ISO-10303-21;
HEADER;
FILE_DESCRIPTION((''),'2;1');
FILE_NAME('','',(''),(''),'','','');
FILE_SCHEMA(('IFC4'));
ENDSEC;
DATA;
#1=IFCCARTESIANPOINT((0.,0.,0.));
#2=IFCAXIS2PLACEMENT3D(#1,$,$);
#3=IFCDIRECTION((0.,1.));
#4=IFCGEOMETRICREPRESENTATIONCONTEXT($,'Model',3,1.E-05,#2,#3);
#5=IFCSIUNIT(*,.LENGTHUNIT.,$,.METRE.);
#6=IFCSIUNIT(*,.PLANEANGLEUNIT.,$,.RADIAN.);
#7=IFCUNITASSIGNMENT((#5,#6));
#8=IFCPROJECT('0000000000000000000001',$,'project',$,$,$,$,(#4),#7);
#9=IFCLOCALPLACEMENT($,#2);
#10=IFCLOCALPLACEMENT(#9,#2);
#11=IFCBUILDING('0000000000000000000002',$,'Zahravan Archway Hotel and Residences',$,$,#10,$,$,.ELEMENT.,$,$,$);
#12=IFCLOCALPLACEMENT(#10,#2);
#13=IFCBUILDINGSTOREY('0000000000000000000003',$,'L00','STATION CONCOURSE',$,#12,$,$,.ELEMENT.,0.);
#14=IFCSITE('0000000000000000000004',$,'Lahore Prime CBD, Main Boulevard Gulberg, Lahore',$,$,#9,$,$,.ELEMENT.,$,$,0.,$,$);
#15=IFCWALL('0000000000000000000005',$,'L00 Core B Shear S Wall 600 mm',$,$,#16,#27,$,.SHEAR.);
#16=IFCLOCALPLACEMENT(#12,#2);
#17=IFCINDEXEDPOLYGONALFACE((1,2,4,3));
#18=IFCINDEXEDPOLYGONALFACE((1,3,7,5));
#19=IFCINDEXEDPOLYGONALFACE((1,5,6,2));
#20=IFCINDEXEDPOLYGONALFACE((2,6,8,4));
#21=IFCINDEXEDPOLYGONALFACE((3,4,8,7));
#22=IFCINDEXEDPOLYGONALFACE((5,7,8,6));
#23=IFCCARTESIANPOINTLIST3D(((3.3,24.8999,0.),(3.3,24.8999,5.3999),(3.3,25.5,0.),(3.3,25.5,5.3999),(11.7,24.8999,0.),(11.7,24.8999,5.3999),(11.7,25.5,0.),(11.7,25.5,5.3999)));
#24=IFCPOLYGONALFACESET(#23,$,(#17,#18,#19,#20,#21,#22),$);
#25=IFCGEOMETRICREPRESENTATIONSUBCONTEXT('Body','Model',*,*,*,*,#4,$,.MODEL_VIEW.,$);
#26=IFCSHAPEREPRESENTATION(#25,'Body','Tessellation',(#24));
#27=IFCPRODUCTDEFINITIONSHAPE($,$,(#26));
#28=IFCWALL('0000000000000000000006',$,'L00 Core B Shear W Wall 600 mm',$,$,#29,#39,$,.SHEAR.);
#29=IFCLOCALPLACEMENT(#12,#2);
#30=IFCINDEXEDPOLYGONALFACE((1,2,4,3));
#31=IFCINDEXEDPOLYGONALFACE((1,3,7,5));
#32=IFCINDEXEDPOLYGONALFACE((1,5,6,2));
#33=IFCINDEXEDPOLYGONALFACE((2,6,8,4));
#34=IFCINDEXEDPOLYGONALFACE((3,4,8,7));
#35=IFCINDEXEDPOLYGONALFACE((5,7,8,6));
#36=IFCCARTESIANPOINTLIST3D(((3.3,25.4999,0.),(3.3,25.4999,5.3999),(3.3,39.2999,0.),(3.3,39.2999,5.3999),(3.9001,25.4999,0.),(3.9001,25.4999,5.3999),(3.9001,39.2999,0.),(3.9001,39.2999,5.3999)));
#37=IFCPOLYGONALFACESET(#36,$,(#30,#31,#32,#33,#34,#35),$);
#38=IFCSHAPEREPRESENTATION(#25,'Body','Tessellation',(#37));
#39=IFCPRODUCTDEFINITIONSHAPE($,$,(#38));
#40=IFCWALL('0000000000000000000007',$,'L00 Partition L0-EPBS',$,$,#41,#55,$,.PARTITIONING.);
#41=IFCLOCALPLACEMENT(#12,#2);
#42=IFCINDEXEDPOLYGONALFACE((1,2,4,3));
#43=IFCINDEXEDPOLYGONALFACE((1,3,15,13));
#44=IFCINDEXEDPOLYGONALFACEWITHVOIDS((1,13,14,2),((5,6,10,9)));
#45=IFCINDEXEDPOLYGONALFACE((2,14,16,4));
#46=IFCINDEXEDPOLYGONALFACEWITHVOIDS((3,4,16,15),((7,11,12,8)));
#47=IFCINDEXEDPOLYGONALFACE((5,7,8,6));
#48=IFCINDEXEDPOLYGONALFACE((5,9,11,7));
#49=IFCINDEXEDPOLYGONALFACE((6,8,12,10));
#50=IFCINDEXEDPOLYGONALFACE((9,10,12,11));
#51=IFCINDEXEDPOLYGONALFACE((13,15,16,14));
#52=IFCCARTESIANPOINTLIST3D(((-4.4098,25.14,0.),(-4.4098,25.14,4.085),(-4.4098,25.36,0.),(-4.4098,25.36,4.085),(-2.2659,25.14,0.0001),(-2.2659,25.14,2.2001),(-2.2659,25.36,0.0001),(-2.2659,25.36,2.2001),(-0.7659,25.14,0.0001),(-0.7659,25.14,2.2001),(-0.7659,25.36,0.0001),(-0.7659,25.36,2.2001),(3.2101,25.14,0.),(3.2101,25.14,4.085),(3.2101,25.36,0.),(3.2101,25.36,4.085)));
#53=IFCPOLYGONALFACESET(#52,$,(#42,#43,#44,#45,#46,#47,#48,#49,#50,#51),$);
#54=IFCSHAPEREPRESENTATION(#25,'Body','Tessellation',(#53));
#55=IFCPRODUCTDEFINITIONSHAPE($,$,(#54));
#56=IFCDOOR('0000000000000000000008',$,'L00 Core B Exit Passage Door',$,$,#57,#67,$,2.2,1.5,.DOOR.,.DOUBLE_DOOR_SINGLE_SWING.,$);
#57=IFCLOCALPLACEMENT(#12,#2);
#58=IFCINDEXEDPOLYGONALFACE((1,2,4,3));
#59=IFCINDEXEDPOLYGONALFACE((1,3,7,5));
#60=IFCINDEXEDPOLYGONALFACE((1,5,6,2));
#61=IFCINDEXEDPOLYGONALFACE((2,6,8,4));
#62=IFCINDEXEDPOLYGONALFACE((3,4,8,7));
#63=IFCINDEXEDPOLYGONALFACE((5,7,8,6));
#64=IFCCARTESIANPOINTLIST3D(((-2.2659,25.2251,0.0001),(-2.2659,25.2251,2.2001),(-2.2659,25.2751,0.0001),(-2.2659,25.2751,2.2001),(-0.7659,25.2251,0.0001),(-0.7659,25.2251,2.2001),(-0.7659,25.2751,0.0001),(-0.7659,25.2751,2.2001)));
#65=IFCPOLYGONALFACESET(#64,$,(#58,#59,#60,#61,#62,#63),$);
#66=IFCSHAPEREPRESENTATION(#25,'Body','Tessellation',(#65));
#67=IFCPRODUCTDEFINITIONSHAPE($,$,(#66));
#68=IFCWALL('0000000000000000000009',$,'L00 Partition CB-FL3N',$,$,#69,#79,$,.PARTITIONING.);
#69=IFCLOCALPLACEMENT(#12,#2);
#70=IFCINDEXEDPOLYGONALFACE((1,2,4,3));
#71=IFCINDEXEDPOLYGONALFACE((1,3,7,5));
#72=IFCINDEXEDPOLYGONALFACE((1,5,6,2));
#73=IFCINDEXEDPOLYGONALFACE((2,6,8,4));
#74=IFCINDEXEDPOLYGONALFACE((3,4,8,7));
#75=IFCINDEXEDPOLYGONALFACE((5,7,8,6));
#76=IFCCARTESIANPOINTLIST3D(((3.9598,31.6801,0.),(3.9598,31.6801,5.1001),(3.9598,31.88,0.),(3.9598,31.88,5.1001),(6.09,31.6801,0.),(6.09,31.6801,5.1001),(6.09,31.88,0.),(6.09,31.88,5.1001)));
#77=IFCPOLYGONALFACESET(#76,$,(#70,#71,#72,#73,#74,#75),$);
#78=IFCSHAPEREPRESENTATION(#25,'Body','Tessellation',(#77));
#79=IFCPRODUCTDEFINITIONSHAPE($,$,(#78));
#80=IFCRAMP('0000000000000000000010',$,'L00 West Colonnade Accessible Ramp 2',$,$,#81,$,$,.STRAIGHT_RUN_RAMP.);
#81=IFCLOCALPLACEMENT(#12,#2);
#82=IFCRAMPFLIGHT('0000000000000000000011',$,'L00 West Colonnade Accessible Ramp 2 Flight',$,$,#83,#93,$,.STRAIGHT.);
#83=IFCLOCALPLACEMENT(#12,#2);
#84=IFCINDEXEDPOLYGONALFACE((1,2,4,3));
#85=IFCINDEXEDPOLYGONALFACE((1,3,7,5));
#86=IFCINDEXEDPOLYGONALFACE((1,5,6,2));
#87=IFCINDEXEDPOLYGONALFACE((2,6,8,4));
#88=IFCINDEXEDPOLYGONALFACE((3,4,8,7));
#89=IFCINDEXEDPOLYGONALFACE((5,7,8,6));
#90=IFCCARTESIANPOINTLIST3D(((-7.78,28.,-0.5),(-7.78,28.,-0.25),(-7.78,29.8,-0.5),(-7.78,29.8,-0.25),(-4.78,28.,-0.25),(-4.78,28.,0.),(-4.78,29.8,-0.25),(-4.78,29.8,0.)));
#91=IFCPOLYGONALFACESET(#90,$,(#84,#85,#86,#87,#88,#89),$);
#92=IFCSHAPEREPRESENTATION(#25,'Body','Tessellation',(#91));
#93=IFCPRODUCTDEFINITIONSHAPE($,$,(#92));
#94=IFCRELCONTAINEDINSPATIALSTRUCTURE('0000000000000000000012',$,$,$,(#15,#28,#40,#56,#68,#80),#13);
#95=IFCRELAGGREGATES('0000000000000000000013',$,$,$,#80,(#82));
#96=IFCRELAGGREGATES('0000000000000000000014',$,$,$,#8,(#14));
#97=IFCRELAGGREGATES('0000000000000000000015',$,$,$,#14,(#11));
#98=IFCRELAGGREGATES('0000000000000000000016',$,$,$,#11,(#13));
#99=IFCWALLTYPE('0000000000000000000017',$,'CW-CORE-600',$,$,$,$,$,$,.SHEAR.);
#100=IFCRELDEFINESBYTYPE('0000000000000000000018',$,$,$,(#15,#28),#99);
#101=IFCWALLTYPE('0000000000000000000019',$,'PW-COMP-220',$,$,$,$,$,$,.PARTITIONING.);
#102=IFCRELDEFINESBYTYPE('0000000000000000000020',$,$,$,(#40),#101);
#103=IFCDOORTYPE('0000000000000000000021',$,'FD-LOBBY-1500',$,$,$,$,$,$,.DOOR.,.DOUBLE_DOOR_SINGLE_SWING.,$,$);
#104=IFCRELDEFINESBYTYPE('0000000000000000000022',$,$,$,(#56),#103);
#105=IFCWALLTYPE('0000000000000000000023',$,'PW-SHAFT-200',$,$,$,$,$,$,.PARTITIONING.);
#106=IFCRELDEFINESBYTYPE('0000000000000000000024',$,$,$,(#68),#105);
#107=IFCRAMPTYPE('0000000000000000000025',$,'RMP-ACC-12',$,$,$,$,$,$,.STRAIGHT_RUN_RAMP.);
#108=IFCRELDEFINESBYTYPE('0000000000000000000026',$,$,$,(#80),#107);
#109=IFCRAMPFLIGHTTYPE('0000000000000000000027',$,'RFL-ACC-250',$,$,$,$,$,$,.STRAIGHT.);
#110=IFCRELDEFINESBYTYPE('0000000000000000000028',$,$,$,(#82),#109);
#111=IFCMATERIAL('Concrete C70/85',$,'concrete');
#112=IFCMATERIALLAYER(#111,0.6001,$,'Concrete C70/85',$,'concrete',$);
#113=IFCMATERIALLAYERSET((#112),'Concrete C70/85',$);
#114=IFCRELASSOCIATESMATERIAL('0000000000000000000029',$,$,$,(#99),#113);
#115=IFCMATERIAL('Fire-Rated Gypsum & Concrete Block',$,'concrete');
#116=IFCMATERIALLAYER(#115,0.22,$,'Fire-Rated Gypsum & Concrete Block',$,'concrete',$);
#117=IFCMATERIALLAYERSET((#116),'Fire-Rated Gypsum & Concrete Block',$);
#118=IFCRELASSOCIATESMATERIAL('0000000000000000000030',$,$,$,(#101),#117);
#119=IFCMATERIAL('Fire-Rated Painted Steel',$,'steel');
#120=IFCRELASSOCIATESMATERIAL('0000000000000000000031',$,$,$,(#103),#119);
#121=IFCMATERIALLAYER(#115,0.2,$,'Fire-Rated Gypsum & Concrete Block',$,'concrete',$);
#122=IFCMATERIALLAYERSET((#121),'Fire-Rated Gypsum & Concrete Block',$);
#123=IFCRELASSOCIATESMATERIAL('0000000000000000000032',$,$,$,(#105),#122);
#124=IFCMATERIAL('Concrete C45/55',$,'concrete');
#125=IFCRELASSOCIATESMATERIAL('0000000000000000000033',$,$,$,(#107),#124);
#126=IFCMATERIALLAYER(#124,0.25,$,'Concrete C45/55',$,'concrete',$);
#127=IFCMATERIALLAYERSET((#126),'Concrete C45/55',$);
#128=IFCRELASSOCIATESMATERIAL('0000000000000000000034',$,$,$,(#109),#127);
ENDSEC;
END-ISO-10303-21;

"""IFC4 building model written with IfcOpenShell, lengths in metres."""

from ifc_helpers import new_model, si_unit, direction, frame, frame_2d, origin, place, context, subcontext, project, spatial, polyline, rectangle, outline, extrude, source, transform, mapped, material, layer, layer_set, type_object, type_shapes, element, fill, aggregate, save


model = new_model("IFC4")

# Units and contexts
model_context = context("Model", 3, precision=1e-05, world=origin(), true_north=direction((0.0, 1.0)))
body_context = subcontext(model_context, "Body", "Model", "MODEL_VIEW")
ifc_project = project(units=[si_unit("LENGTHUNIT", "METRE"), si_unit("PLANEANGLEUNIT", "RADIAN")], contexts=[model_context])

# Site, building, storey
site_placement = place(None, origin())
site = spatial("IfcSite", under=ifc_project, at=site_placement, Name="Lahore Prime CBD, Main Boulevard Gulberg, Lahore", CompositionType="ELEMENT", RefElevation=0.0)
building_placement = place(site_placement, origin())
building = spatial("IfcBuilding", under=site, at=building_placement, Name="Zahravan Archway Hotel and Residences", CompositionType="ELEMENT")
storey_placement = place(building_placement, origin())
storey = spatial("IfcBuildingStorey", under=building, at=storey_placement, Name="L00", Description="STATION CONCOURSE", CompositionType="ELEMENT", Elevation=0.0)

# Shared definitions
ifc_material_1 = material(Name="Concrete C70/85", Category="concrete")

# Walls
ifc_layer_1 = layer(ifc_material_1, 0.6001, Name="Concrete C70/85", Category="concrete")
ifc_layer_set_1 = layer_set([ifc_layer_1], Name="Concrete C70/85")
wall_type_1 = type_object("IfcWallType", Name="CW-CORE-600", PredefinedType="SHEAR", material=ifc_layer_set_1)
wall_1_placement = place(storey_placement, frame((3.3, 25.2, 0.0), z_axis=(0.0, 0.0, 1.0), x_axis=(1.0, 0.0, 0.0)))
element("IfcWall", 1, at=wall_1_placement, inside=storey, type_object=wall_type_1, Name="L00 Core B Shear S Wall 600 mm", PredefinedType="SHEAR", context=body_context, shape_type="SweptSolid", body=[
    extrude(rectangle(XDim=8.3999, YDim=0.6001, at=frame_2d((4.2, 0.0))), origin(), (0.0, 0.0, 1.0), 5.3999),
])
wall_2_placement = place(storey_placement, frame((3.6001, 25.5, 0.0), z_axis=(0.0, 0.0, 1.0), x_axis=(0.0, 1.0, 0.0)))
element("IfcWall", 2, at=wall_2_placement, inside=storey, type_object=wall_type_1, Name="L00 Core B Shear W Wall 600 mm", PredefinedType="SHEAR", context=body_context, shape_type="SweptSolid", body=[
    extrude(rectangle(XDim=13.8, YDim=0.6001, at=frame_2d((6.8999, 0.0))), origin(), (0.0, 0.0, 1.0), 5.3999),
])

# Wall, opening, door
ifc_material_2 = material(Name="Fire-Rated Gypsum & Concrete Block", Category="concrete")
ifc_layer_2 = layer(ifc_material_2, 0.22, Name="Fire-Rated Gypsum & Concrete Block", Category="concrete")
ifc_layer_set_2 = layer_set([ifc_layer_2], Name="Fire-Rated Gypsum & Concrete Block")
wall_type_2 = type_object("IfcWallType", Name="PW-COMP-220", PredefinedType="PARTITIONING", material=ifc_layer_set_2)
wall_3_placement = place(storey_placement, frame((-4.4099, 25.25, 0.0), z_axis=(0.0, 0.0, 1.0), x_axis=(1.0, 0.0, 0.0)))
wall_3 = element("IfcWall", 3, at=wall_3_placement, inside=storey, type_object=wall_type_2, Name="L00 Partition L0-EPBS", PredefinedType="PARTITIONING", context=body_context, shape_type="SweptSolid", body=[
    extrude(rectangle(XDim=7.6199, YDim=0.22, at=frame_2d((3.8101, 0.0))), origin(), (0.0, 0.0, 1.0), 4.085),
])
opening_placement = place(wall_3_placement, frame((2.144, 0.0, 0.0)))
opening = element("IfcOpeningElement", 4, at=opening_placement, cuts=wall_3, PredefinedType="OPENING", context=body_context, shape_type="SweptSolid", body=[
    extrude(rectangle(XDim=1.5, YDim=2.2, at=frame_2d((0.75, 1.1001))), frame((0.0, 0.1201, 0.0), z_axis=(0.0, -1.0, 0.0), x_axis=(1.0, 0.0, 0.0)), (0.0, 0.0, 1.0), 0.24),
])
ifc_material_3 = material(Name="Fire-Rated Painted Steel", Category="steel")
door_type = type_object("IfcDoorType", Name="FD-LOBBY-1500", OperationType="DOUBLE_DOOR_SINGLE_SWING", PredefinedType="DOOR", material=ifc_material_3)
shared_shape_1 = source(origin(), body_context, "Body", "SweptSolid", [
    extrude(rectangle(XDim=1.5, YDim=2.2, at=frame_2d((0.75, 1.1001))), frame((0.0, 0.0249, 0.0), z_axis=(0.0, -1.0, 0.0), x_axis=(1.0, 0.0, 0.0)), (0.0, 0.0, 1.0), 0.05),
])
type_shapes(door_type, [shared_shape_1])
door_placement = place(opening_placement, frame((1.5, 0.0, 0.0), z_axis=(0.0, 0.0, 1.0), x_axis=(-1.0, 0.0, 0.0)))
door = element("IfcDoor", 5, at=door_placement, inside=storey, type_object=door_type, Name="L00 Core B Exit Passage Door", OperationType="DOUBLE_DOOR_SINGLE_SWING", OverallHeight=2.2, OverallWidth=1.5, PredefinedType="DOOR", context=body_context, shape_type="MappedRepresentation", body=[
    mapped(shared_shape_1, transform((0.0, 0.0, 0.0), scale=1.0)),
])
fill(opening, door)

# Wall
ifc_layer_3 = layer(ifc_material_2, 0.2, Name="Fire-Rated Gypsum & Concrete Block", Category="concrete")
ifc_layer_set_3 = layer_set([ifc_layer_3], Name="Fire-Rated Gypsum & Concrete Block")
wall_type_3 = type_object("IfcWallType", Name="PW-SHAFT-200", PredefinedType="PARTITIONING", material=ifc_layer_set_3)
wall_4_placement = place(storey_placement, frame((3.96, 31.78, 0.0), z_axis=(0.0, 0.0, 1.0), x_axis=(1.0, 0.0, 0.0)))
element("IfcWall", 6, at=wall_4_placement, inside=storey, type_object=wall_type_3, Name="L00 Partition CB-FL3N", PredefinedType="PARTITIONING", context=body_context, shape_type="SweptSolid", body=[
    extrude(rectangle(XDim=2.1301, YDim=0.2, at=frame_2d((1.0649, 0.0))), origin(), (0.0, 0.0, 1.0), 5.1001),
])

# Ramp, ramp flight
ifc_material_4 = material(Name="Concrete C45/55", Category="concrete")
ramp_type = type_object("IfcRampType", Name="RMP-ACC-12", PredefinedType="STRAIGHT_RUN_RAMP", material=ifc_material_4)
ramp_placement = place(storey_placement, origin())
ramp = element("IfcRamp", 7, at=ramp_placement, inside=storey, type_object=ramp_type, Name="L00 West Colonnade Accessible Ramp 2", PredefinedType="STRAIGHT_RUN_RAMP")
ifc_layer_4 = layer(ifc_material_4, 0.25, Name="Concrete C45/55", Category="concrete")
ifc_layer_set_4 = layer_set([ifc_layer_4], Name="Concrete C45/55")
ramp_flight_type = type_object("IfcRampFlightType", Name="RFL-ACC-250", PredefinedType="STRAIGHT", material=ifc_layer_set_4)
ramp_flight_placement = place(storey_placement, frame((-7.78, 29.8, -0.25), z_axis=(0.0, -1.0, 0.0), x_axis=(1.0, 0.0, 0.0)))
ramp_flight = element("IfcRampFlight", 8, at=ramp_flight_placement, type_object=ramp_flight_type, Name="L00 West Colonnade Accessible Ramp 2 Flight", PredefinedType="STRAIGHT", context=body_context, shape_type="SweptSolid", body=[
    extrude(outline(polyline([(0.0, 0.0), (3.0, 0.25), (3.0, 0.0), (0.0, -0.25), (0.0, 0.0)])), origin(), (0.0, 0.0, 1.0), 1.8),
])
aggregate(ramp, [ramp_flight])

save(model, "model.ifc")
